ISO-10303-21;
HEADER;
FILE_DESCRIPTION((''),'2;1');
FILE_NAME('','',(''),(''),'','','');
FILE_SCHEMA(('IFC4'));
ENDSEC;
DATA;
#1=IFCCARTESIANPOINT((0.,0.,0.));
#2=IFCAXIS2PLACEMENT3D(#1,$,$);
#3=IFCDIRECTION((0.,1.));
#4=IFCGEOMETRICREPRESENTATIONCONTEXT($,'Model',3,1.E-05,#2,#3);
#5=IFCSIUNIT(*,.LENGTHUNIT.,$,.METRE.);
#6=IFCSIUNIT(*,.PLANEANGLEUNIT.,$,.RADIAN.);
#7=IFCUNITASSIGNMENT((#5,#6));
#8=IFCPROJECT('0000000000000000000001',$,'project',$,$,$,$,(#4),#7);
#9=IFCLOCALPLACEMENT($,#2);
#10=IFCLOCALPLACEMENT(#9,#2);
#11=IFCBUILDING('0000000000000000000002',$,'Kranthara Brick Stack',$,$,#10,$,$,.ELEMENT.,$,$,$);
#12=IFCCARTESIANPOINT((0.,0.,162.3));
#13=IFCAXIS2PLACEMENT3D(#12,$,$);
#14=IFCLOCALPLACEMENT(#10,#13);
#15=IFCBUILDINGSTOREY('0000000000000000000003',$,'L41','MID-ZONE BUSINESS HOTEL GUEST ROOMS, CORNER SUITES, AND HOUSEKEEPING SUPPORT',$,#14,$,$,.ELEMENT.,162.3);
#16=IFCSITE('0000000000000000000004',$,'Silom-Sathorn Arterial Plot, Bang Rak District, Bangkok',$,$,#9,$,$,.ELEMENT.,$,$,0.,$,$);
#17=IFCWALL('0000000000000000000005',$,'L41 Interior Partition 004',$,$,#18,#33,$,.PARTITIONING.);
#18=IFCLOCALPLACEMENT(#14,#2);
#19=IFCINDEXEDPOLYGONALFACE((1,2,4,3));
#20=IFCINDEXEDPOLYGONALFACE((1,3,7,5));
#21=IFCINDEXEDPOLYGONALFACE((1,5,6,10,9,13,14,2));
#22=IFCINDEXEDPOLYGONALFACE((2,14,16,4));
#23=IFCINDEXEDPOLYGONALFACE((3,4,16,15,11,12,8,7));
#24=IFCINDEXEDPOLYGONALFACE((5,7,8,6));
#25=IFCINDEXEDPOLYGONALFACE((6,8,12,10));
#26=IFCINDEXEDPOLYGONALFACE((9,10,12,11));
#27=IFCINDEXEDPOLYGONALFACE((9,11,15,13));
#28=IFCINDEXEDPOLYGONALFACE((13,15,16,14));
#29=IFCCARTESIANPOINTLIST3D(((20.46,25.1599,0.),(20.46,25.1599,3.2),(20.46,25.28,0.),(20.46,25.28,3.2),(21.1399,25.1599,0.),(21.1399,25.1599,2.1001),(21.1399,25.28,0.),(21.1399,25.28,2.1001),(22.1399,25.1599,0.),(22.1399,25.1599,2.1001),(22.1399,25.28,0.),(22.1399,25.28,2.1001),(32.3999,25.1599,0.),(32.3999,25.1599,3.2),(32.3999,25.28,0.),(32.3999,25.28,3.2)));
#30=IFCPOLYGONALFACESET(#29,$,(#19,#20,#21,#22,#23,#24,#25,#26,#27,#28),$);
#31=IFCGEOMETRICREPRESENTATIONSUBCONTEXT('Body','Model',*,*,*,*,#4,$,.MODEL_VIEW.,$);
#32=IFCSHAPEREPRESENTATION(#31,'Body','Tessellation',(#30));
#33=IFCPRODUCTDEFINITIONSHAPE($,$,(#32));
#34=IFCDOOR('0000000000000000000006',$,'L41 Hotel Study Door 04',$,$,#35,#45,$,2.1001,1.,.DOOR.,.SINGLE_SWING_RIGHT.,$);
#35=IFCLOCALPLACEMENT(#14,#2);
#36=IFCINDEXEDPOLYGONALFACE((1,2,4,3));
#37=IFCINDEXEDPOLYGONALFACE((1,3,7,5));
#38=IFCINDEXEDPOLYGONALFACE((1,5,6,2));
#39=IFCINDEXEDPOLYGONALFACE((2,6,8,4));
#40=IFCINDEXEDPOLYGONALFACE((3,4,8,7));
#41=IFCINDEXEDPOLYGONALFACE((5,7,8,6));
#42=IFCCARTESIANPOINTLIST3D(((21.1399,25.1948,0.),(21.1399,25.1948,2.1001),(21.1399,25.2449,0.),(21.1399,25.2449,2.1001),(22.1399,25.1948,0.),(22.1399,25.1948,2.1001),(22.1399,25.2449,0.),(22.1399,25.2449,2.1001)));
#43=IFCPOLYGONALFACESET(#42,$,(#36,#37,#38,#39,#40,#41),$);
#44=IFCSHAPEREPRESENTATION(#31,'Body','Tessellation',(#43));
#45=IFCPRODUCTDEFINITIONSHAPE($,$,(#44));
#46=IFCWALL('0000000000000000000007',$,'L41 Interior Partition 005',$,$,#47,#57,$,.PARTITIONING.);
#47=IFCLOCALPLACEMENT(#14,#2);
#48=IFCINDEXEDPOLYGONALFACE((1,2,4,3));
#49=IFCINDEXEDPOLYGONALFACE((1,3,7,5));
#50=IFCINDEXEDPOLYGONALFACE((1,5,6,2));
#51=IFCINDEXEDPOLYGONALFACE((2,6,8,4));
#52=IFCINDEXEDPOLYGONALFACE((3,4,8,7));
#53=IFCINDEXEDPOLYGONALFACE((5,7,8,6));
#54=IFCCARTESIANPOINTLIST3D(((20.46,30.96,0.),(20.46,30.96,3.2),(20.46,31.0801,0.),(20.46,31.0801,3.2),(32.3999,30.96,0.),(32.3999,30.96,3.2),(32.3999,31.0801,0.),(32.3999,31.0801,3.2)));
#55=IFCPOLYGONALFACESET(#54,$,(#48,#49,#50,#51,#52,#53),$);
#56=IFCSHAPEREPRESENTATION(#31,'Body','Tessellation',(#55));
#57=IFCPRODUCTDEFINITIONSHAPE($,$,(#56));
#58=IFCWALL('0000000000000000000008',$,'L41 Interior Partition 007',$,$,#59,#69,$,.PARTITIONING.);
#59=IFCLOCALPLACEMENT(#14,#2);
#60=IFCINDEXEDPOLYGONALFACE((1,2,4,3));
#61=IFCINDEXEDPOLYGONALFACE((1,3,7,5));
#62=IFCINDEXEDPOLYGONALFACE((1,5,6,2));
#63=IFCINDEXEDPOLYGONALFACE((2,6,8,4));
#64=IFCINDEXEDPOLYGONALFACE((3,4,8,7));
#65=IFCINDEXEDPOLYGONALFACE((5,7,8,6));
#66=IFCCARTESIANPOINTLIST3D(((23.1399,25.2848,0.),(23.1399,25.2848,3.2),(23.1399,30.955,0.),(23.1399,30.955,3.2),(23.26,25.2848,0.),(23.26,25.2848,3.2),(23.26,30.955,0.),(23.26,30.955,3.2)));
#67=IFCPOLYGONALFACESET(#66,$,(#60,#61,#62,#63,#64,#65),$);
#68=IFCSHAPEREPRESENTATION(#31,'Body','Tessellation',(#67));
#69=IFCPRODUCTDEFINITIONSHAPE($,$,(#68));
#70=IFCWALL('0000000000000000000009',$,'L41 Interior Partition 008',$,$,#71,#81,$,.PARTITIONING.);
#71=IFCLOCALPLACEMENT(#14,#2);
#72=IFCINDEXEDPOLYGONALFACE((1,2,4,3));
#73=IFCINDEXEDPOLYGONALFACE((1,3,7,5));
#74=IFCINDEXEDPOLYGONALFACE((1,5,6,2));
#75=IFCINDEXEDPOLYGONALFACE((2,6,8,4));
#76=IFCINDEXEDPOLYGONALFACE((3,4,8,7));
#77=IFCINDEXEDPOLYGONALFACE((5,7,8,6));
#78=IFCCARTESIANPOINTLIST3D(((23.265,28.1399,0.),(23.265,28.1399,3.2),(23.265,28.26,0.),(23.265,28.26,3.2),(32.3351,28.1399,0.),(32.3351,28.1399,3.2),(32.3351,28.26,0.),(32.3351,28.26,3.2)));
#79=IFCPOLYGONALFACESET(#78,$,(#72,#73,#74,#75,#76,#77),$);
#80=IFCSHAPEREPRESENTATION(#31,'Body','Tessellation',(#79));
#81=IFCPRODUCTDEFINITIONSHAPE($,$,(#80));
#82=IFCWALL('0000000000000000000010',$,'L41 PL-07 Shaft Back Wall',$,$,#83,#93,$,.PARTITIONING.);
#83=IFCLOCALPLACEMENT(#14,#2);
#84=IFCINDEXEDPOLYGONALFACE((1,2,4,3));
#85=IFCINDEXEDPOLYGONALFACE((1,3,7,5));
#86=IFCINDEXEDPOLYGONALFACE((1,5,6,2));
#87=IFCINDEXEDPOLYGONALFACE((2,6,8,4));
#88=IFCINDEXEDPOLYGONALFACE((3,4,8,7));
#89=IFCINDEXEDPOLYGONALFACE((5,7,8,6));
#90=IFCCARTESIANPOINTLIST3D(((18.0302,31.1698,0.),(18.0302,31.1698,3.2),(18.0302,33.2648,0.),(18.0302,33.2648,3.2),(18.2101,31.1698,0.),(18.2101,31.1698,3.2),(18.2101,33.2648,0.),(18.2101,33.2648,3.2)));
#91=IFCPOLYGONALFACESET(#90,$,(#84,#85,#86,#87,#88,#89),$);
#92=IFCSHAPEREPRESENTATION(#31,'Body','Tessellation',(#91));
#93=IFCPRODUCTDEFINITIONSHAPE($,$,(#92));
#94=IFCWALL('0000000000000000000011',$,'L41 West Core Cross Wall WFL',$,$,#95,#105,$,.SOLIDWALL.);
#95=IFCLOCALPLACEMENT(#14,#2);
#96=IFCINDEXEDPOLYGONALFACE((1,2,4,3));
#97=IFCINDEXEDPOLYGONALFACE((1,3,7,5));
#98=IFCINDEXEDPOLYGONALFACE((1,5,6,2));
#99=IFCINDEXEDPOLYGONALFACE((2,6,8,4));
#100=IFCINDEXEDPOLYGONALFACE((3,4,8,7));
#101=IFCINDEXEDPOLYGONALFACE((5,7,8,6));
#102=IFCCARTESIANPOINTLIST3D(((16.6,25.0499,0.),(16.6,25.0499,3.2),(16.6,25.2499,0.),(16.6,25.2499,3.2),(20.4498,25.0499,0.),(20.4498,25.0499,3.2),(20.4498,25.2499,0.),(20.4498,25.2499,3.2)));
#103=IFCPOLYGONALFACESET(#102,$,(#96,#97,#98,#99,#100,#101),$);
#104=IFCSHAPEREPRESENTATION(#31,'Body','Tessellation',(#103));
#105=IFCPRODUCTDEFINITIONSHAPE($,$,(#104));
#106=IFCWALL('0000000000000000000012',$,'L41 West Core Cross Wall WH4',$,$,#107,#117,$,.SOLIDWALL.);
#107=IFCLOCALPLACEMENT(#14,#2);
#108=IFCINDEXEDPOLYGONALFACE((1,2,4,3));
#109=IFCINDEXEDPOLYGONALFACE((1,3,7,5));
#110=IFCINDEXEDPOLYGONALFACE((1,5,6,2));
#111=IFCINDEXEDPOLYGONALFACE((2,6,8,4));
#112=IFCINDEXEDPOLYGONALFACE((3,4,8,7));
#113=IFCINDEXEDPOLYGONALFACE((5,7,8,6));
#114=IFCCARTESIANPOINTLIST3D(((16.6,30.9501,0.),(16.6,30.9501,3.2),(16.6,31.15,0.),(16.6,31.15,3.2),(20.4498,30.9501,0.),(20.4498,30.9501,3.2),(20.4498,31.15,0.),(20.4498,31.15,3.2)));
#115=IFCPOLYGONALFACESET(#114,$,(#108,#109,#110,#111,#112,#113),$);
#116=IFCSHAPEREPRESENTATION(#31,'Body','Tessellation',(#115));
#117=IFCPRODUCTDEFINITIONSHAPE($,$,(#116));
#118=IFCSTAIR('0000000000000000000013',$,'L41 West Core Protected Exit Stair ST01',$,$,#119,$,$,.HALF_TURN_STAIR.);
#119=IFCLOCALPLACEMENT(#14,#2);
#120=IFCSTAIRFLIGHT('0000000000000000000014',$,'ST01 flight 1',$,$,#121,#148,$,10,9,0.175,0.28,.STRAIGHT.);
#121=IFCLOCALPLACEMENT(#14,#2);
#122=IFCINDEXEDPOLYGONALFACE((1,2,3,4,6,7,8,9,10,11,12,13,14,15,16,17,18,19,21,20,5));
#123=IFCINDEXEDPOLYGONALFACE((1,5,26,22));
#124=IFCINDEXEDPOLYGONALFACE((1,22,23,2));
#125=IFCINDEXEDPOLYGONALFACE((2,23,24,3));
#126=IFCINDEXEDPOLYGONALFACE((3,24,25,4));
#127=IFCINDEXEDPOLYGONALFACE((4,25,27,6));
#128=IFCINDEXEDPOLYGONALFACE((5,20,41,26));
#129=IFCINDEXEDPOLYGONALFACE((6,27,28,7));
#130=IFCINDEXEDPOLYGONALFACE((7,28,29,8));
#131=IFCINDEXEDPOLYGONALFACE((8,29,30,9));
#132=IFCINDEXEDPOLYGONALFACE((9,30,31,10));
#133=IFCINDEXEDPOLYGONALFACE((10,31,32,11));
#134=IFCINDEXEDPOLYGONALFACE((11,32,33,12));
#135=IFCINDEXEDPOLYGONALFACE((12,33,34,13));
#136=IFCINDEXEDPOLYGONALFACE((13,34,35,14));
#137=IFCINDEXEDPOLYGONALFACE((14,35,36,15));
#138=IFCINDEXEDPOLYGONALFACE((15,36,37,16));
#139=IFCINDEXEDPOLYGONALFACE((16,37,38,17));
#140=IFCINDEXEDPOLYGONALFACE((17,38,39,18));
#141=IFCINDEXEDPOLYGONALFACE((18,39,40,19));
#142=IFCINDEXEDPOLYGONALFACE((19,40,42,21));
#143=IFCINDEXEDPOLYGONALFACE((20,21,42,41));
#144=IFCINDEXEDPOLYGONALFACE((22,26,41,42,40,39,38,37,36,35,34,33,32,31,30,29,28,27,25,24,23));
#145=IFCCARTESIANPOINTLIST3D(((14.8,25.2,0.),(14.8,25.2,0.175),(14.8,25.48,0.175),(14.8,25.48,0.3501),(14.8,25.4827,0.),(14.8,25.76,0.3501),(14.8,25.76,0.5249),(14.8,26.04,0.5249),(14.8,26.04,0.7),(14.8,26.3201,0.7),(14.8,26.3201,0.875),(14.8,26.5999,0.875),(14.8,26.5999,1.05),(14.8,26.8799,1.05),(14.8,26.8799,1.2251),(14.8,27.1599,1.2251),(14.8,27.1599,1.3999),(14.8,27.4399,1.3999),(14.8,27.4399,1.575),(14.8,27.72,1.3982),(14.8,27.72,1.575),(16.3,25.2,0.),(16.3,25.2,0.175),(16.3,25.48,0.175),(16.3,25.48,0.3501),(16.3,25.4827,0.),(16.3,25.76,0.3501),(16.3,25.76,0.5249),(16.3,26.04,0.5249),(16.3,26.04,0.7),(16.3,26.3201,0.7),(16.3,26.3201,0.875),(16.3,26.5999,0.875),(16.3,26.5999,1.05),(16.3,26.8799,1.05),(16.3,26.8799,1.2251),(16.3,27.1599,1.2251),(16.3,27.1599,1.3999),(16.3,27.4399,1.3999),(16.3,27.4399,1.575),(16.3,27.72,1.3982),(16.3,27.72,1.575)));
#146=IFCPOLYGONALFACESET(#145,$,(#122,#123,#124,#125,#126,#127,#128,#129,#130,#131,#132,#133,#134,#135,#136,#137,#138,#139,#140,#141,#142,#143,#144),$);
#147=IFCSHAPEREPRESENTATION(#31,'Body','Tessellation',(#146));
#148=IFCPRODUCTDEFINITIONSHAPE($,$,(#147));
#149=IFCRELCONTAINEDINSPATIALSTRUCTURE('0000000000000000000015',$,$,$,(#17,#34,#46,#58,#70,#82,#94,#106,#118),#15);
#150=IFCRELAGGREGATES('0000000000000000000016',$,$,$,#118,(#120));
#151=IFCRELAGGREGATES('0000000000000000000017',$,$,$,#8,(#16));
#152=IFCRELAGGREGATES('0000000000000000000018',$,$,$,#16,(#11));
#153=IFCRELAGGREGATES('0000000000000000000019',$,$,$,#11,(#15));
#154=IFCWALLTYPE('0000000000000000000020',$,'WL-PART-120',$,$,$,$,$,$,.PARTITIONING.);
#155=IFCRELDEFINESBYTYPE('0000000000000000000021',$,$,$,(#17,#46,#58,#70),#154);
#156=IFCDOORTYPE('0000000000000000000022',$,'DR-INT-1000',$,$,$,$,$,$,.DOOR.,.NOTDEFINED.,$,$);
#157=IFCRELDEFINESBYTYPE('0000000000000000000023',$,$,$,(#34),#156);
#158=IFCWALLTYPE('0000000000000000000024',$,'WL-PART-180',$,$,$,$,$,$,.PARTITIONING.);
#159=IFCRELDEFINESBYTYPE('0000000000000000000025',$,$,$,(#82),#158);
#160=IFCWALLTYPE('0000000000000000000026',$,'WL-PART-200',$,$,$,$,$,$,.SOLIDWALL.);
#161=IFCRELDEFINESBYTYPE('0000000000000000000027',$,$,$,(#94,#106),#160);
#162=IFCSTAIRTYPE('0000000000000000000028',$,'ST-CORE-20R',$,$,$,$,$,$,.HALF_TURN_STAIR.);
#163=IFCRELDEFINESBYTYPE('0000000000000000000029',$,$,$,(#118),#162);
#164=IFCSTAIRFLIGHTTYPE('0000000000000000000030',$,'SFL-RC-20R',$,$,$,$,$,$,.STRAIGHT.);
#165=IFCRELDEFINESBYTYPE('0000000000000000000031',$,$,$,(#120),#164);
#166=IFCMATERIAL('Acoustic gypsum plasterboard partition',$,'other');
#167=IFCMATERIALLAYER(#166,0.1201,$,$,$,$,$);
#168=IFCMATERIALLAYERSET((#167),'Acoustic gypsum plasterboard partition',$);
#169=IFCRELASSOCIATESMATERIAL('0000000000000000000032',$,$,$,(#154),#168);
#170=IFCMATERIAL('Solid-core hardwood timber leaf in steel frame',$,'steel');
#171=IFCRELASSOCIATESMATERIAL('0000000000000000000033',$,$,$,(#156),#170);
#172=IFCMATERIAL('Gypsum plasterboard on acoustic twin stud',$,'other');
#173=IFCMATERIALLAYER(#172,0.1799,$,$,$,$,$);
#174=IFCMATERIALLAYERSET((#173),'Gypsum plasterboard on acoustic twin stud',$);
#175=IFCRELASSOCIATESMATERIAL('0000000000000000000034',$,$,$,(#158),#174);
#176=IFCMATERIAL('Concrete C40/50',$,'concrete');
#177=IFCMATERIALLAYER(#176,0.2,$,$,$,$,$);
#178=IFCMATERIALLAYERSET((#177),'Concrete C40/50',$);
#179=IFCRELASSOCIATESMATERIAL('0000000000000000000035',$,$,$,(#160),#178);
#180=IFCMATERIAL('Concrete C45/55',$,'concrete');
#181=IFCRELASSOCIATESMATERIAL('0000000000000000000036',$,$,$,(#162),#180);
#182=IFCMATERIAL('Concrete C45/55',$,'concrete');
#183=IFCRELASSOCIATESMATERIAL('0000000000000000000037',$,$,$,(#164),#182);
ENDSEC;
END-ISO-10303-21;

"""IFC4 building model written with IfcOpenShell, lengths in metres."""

from ifc_helpers import new_model, si_unit, direction, frame, frame_2d, origin, place, context, subcontext, project, spatial, polyline, rectangle, outline, extrude, material, layer, layer_set, type_object, element, fill, aggregate, save


model = new_model("IFC4")

# Units and contexts
model_context = context("Model", 3, precision=1e-05, world=origin(), true_north=direction((0.0, 1.0)))
body_context = subcontext(model_context, "Body", "Model", "MODEL_VIEW")
ifc_project = project(units=[si_unit("LENGTHUNIT", "METRE"), si_unit("PLANEANGLEUNIT", "RADIAN")], contexts=[model_context])

# Site, building, storey
site_placement = place(None, origin())
site = spatial("IfcSite", under=ifc_project, at=site_placement, Name="Silom-Sathorn Arterial Plot, Bang Rak District, Bangkok", CompositionType="ELEMENT", RefElevation=0.0)
building_placement = place(site_placement, origin())
building = spatial("IfcBuilding", under=site, at=building_placement, Name="Kranthara Brick Stack", CompositionType="ELEMENT")
storey_placement = place(building_placement, frame((0.0, 0.0, 162.3)))
storey = spatial("IfcBuildingStorey", under=building, at=storey_placement, Name="L41", Description="MID-ZONE BUSINESS HOTEL GUEST ROOMS, CORNER SUITES, AND HOUSEKEEPING SUPPORT", CompositionType="ELEMENT", Elevation=162.3)

# Wall, opening, door
ifc_material_1 = material(Name="Acoustic gypsum plasterboard partition", Category="other")
ifc_layer_1 = layer(ifc_material_1, 0.1201)
ifc_layer_set_1 = layer_set([ifc_layer_1], Name="Acoustic gypsum plasterboard partition")
wall_type_1 = type_object("IfcWallType", Name="WL-PART-120", PredefinedType="PARTITIONING", material=ifc_layer_set_1)
wall_1_placement = place(storey_placement, frame((20.46, 25.22, 0.0), z_axis=(0.0, 0.0, 1.0), x_axis=(1.0, 0.0, 0.0)))
wall_1 = element("IfcWall", 1, at=wall_1_placement, inside=storey, type_object=wall_type_1, Name="L41 Interior Partition 004", PredefinedType="PARTITIONING", context=body_context, shape_type="SweptSolid", body=[
    extrude(rectangle(XDim=11.9399, YDim=0.1201, at=frame_2d((5.97, 0.0))), origin(), (0.0, 0.0, 1.0), 3.2),
])
opening_placement = place(wall_1_placement, frame((0.6799, 0.0, 0.0)))
opening = element("IfcOpeningElement", 2, at=opening_placement, cuts=wall_1, PredefinedType="OPENING", context=body_context, shape_type="SweptSolid", body=[
    extrude(rectangle(XDim=1.0, YDim=2.1001, at=frame_2d((0.5, 1.05))), frame((0.0, 0.0701, 0.0), z_axis=(0.0, -1.0, 0.0), x_axis=(1.0, 0.0, 0.0)), (0.0, 0.0, 1.0), 0.1401),
])
ifc_material_2 = material(Name="Solid-core hardwood timber leaf in steel frame", Category="steel")
door_type = type_object("IfcDoorType", Name="DR-INT-1000", OperationType="NOTDEFINED", PredefinedType="DOOR", material=ifc_material_2)
door_placement = place(opening_placement, origin())
door = element("IfcDoor", 3, at=door_placement, inside=storey, type_object=door_type, Name="L41 Hotel Study Door 04", OperationType="SINGLE_SWING_RIGHT", OverallHeight=2.1001, OverallWidth=1.0, PredefinedType="DOOR", context=body_context, shape_type="SweptSolid", body=[
    extrude(rectangle(XDim=1.0, YDim=2.1001, at=frame_2d((0.5, 1.05))), frame((0.0, 0.0249, 0.0), z_axis=(0.0, -1.0, 0.0), x_axis=(1.0, 0.0, 0.0)), (0.0, 0.0, 1.0), 0.05),
])
fill(opening, door)

# Walls
wall_2_placement = place(storey_placement, frame((20.46, 31.02, 0.0), z_axis=(0.0, 0.0, 1.0), x_axis=(1.0, 0.0, 0.0)))
element("IfcWall", 4, at=wall_2_placement, inside=storey, type_object=wall_type_1, Name="L41 Interior Partition 005", PredefinedType="PARTITIONING", context=body_context, shape_type="SweptSolid", body=[
    extrude(rectangle(XDim=11.9399, YDim=0.1201, at=frame_2d((5.97, 0.0))), origin(), (0.0, 0.0, 1.0), 3.2),
])
wall_3_placement = place(storey_placement, frame((23.2, 25.2849, 0.0), z_axis=(0.0, 0.0, 1.0), x_axis=(0.0, 1.0, 0.0)))
element("IfcWall", 5, at=wall_3_placement, inside=storey, type_object=wall_type_1, Name="L41 Interior Partition 007", PredefinedType="PARTITIONING", context=body_context, shape_type="SweptSolid", body=[
    extrude(rectangle(XDim=5.6702, YDim=0.1201, at=frame_2d((2.835, 0.0))), origin(), (0.0, 0.0, 1.0), 3.2),
])
wall_4_placement = place(storey_placement, frame((23.2649, 28.2, 0.0), z_axis=(0.0, 0.0, 1.0), x_axis=(1.0, 0.0, 0.0)))
element("IfcWall", 6, at=wall_4_placement, inside=storey, type_object=wall_type_1, Name="L41 Interior Partition 008", PredefinedType="PARTITIONING", context=body_context, shape_type="SweptSolid", body=[
    extrude(rectangle(XDim=9.0701, YDim=0.1201, at=frame_2d((4.5352, 0.0))), origin(), (0.0, 0.0, 1.0), 3.2),
])
ifc_material_3 = material(Name="Gypsum plasterboard on acoustic twin stud", Category="other")
ifc_layer_2 = layer(ifc_material_3, 0.1799)
ifc_layer_set_2 = layer_set([ifc_layer_2], Name="Gypsum plasterboard on acoustic twin stud")
wall_type_2 = type_object("IfcWallType", Name="WL-PART-180", PredefinedType="PARTITIONING", material=ifc_layer_set_2)
wall_5_placement = place(storey_placement, frame((18.1201, 31.1699, 0.0), z_axis=(0.0, 0.0, 1.0), x_axis=(0.0, 1.0, 0.0)))
element("IfcWall", 7, at=wall_5_placement, inside=storey, type_object=wall_type_2, Name="L41 PL-07 Shaft Back Wall", PredefinedType="PARTITIONING", context=body_context, shape_type="SweptSolid", body=[
    extrude(rectangle(XDim=2.095, YDim=0.1799, at=frame_2d((1.0474, 0.0))), origin(), (0.0, 0.0, 1.0), 3.2),
])
ifc_material_4 = material(Name="Concrete C40/50", Category="concrete")
ifc_layer_3 = layer(ifc_material_4, 0.2)
ifc_layer_set_3 = layer_set([ifc_layer_3], Name="Concrete C40/50")
wall_type_3 = type_object("IfcWallType", Name="WL-PART-200", PredefinedType="SOLIDWALL", material=ifc_layer_set_3)
for number, where, z_axis, x_axis, name in (
    (8, (16.6001, 25.1499, 0.0), (0.0, 0.0, 1.0), (1.0, 0.0, 0.0), "L41 West Core Cross Wall WFL"),
    (9, (16.6001, 31.05, 0.0), (0.0, 0.0, 1.0), (1.0, 0.0, 0.0), "L41 West Core Cross Wall WH4"),
):
    element("IfcWall", number, at=place(storey_placement, frame(where, z_axis=z_axis, x_axis=x_axis)), inside=storey, type_object=wall_type_3, Name=name, PredefinedType="SOLIDWALL", context=body_context, shape_type="SweptSolid", body=[
        extrude(rectangle(XDim=3.8499, YDim=0.2, at=frame_2d((1.9248, 0.0))), origin(), (0.0, 0.0, 1.0), 3.2),
    ])

# Stair, stair flight
ifc_material_5 = material(Name="Concrete C45/55", Category="concrete")
stair_type = type_object("IfcStairType", Name="ST-CORE-20R", PredefinedType="HALF_TURN_STAIR", material=ifc_material_5)
stair_placement = place(storey_placement, origin())
stair = element("IfcStair", 10, at=stair_placement, inside=storey, type_object=stair_type, Name="L41 West Core Protected Exit Stair ST01", PredefinedType="HALF_TURN_STAIR")
ifc_material_6 = material(Name="Concrete C45/55", Category="concrete")
stair_flight_type = type_object("IfcStairFlightType", Name="SFL-RC-20R", PredefinedType="STRAIGHT", material=ifc_material_6)
stair_flight_placement = place(storey_placement, frame((15.55, 25.2, 0.0), z_axis=(0.0, 0.0, 1.0), x_axis=(0.0, 1.0, 0.0)))
stair_flight = element("IfcStairFlight", 11, at=stair_flight_placement, type_object=stair_flight_type, Name="ST01 flight 1", NumberOfRisers=10, NumberOfTreads=9, PredefinedType="STRAIGHT", RiserHeight=0.175, TreadLength=0.28, context=body_context, shape_type="SweptSolid", body=[
    extrude(outline(polyline([(0.0, 0.0), (0.0, 0.175), (0.28, 0.175), (0.28, 0.3501), (0.5601, 0.3501), (0.5601, 0.5249), (0.8401, 0.5249), (0.8401, 0.7), (1.1201, 0.7), (1.1201, 0.875), (1.3999, 0.875), (1.3999, 1.05), (1.6799, 1.05), (1.6799, 1.2251), (1.96, 1.2251), (1.96, 1.3999), (2.24, 1.3999), (2.24, 1.575), (2.52, 1.575), (2.52, 1.75), (2.52, 1.3982), (0.2827, 0.0), (0.0, 0.0)])), frame((0.0, 0.75, 0.0), z_axis=(0.0, -1.0, 0.0), x_axis=(1.0, 0.0, 0.0)), (0.0, 0.0, 1.0), 1.5),
])
aggregate(stair, [stair_flight])

save(model, "model.ifc")
